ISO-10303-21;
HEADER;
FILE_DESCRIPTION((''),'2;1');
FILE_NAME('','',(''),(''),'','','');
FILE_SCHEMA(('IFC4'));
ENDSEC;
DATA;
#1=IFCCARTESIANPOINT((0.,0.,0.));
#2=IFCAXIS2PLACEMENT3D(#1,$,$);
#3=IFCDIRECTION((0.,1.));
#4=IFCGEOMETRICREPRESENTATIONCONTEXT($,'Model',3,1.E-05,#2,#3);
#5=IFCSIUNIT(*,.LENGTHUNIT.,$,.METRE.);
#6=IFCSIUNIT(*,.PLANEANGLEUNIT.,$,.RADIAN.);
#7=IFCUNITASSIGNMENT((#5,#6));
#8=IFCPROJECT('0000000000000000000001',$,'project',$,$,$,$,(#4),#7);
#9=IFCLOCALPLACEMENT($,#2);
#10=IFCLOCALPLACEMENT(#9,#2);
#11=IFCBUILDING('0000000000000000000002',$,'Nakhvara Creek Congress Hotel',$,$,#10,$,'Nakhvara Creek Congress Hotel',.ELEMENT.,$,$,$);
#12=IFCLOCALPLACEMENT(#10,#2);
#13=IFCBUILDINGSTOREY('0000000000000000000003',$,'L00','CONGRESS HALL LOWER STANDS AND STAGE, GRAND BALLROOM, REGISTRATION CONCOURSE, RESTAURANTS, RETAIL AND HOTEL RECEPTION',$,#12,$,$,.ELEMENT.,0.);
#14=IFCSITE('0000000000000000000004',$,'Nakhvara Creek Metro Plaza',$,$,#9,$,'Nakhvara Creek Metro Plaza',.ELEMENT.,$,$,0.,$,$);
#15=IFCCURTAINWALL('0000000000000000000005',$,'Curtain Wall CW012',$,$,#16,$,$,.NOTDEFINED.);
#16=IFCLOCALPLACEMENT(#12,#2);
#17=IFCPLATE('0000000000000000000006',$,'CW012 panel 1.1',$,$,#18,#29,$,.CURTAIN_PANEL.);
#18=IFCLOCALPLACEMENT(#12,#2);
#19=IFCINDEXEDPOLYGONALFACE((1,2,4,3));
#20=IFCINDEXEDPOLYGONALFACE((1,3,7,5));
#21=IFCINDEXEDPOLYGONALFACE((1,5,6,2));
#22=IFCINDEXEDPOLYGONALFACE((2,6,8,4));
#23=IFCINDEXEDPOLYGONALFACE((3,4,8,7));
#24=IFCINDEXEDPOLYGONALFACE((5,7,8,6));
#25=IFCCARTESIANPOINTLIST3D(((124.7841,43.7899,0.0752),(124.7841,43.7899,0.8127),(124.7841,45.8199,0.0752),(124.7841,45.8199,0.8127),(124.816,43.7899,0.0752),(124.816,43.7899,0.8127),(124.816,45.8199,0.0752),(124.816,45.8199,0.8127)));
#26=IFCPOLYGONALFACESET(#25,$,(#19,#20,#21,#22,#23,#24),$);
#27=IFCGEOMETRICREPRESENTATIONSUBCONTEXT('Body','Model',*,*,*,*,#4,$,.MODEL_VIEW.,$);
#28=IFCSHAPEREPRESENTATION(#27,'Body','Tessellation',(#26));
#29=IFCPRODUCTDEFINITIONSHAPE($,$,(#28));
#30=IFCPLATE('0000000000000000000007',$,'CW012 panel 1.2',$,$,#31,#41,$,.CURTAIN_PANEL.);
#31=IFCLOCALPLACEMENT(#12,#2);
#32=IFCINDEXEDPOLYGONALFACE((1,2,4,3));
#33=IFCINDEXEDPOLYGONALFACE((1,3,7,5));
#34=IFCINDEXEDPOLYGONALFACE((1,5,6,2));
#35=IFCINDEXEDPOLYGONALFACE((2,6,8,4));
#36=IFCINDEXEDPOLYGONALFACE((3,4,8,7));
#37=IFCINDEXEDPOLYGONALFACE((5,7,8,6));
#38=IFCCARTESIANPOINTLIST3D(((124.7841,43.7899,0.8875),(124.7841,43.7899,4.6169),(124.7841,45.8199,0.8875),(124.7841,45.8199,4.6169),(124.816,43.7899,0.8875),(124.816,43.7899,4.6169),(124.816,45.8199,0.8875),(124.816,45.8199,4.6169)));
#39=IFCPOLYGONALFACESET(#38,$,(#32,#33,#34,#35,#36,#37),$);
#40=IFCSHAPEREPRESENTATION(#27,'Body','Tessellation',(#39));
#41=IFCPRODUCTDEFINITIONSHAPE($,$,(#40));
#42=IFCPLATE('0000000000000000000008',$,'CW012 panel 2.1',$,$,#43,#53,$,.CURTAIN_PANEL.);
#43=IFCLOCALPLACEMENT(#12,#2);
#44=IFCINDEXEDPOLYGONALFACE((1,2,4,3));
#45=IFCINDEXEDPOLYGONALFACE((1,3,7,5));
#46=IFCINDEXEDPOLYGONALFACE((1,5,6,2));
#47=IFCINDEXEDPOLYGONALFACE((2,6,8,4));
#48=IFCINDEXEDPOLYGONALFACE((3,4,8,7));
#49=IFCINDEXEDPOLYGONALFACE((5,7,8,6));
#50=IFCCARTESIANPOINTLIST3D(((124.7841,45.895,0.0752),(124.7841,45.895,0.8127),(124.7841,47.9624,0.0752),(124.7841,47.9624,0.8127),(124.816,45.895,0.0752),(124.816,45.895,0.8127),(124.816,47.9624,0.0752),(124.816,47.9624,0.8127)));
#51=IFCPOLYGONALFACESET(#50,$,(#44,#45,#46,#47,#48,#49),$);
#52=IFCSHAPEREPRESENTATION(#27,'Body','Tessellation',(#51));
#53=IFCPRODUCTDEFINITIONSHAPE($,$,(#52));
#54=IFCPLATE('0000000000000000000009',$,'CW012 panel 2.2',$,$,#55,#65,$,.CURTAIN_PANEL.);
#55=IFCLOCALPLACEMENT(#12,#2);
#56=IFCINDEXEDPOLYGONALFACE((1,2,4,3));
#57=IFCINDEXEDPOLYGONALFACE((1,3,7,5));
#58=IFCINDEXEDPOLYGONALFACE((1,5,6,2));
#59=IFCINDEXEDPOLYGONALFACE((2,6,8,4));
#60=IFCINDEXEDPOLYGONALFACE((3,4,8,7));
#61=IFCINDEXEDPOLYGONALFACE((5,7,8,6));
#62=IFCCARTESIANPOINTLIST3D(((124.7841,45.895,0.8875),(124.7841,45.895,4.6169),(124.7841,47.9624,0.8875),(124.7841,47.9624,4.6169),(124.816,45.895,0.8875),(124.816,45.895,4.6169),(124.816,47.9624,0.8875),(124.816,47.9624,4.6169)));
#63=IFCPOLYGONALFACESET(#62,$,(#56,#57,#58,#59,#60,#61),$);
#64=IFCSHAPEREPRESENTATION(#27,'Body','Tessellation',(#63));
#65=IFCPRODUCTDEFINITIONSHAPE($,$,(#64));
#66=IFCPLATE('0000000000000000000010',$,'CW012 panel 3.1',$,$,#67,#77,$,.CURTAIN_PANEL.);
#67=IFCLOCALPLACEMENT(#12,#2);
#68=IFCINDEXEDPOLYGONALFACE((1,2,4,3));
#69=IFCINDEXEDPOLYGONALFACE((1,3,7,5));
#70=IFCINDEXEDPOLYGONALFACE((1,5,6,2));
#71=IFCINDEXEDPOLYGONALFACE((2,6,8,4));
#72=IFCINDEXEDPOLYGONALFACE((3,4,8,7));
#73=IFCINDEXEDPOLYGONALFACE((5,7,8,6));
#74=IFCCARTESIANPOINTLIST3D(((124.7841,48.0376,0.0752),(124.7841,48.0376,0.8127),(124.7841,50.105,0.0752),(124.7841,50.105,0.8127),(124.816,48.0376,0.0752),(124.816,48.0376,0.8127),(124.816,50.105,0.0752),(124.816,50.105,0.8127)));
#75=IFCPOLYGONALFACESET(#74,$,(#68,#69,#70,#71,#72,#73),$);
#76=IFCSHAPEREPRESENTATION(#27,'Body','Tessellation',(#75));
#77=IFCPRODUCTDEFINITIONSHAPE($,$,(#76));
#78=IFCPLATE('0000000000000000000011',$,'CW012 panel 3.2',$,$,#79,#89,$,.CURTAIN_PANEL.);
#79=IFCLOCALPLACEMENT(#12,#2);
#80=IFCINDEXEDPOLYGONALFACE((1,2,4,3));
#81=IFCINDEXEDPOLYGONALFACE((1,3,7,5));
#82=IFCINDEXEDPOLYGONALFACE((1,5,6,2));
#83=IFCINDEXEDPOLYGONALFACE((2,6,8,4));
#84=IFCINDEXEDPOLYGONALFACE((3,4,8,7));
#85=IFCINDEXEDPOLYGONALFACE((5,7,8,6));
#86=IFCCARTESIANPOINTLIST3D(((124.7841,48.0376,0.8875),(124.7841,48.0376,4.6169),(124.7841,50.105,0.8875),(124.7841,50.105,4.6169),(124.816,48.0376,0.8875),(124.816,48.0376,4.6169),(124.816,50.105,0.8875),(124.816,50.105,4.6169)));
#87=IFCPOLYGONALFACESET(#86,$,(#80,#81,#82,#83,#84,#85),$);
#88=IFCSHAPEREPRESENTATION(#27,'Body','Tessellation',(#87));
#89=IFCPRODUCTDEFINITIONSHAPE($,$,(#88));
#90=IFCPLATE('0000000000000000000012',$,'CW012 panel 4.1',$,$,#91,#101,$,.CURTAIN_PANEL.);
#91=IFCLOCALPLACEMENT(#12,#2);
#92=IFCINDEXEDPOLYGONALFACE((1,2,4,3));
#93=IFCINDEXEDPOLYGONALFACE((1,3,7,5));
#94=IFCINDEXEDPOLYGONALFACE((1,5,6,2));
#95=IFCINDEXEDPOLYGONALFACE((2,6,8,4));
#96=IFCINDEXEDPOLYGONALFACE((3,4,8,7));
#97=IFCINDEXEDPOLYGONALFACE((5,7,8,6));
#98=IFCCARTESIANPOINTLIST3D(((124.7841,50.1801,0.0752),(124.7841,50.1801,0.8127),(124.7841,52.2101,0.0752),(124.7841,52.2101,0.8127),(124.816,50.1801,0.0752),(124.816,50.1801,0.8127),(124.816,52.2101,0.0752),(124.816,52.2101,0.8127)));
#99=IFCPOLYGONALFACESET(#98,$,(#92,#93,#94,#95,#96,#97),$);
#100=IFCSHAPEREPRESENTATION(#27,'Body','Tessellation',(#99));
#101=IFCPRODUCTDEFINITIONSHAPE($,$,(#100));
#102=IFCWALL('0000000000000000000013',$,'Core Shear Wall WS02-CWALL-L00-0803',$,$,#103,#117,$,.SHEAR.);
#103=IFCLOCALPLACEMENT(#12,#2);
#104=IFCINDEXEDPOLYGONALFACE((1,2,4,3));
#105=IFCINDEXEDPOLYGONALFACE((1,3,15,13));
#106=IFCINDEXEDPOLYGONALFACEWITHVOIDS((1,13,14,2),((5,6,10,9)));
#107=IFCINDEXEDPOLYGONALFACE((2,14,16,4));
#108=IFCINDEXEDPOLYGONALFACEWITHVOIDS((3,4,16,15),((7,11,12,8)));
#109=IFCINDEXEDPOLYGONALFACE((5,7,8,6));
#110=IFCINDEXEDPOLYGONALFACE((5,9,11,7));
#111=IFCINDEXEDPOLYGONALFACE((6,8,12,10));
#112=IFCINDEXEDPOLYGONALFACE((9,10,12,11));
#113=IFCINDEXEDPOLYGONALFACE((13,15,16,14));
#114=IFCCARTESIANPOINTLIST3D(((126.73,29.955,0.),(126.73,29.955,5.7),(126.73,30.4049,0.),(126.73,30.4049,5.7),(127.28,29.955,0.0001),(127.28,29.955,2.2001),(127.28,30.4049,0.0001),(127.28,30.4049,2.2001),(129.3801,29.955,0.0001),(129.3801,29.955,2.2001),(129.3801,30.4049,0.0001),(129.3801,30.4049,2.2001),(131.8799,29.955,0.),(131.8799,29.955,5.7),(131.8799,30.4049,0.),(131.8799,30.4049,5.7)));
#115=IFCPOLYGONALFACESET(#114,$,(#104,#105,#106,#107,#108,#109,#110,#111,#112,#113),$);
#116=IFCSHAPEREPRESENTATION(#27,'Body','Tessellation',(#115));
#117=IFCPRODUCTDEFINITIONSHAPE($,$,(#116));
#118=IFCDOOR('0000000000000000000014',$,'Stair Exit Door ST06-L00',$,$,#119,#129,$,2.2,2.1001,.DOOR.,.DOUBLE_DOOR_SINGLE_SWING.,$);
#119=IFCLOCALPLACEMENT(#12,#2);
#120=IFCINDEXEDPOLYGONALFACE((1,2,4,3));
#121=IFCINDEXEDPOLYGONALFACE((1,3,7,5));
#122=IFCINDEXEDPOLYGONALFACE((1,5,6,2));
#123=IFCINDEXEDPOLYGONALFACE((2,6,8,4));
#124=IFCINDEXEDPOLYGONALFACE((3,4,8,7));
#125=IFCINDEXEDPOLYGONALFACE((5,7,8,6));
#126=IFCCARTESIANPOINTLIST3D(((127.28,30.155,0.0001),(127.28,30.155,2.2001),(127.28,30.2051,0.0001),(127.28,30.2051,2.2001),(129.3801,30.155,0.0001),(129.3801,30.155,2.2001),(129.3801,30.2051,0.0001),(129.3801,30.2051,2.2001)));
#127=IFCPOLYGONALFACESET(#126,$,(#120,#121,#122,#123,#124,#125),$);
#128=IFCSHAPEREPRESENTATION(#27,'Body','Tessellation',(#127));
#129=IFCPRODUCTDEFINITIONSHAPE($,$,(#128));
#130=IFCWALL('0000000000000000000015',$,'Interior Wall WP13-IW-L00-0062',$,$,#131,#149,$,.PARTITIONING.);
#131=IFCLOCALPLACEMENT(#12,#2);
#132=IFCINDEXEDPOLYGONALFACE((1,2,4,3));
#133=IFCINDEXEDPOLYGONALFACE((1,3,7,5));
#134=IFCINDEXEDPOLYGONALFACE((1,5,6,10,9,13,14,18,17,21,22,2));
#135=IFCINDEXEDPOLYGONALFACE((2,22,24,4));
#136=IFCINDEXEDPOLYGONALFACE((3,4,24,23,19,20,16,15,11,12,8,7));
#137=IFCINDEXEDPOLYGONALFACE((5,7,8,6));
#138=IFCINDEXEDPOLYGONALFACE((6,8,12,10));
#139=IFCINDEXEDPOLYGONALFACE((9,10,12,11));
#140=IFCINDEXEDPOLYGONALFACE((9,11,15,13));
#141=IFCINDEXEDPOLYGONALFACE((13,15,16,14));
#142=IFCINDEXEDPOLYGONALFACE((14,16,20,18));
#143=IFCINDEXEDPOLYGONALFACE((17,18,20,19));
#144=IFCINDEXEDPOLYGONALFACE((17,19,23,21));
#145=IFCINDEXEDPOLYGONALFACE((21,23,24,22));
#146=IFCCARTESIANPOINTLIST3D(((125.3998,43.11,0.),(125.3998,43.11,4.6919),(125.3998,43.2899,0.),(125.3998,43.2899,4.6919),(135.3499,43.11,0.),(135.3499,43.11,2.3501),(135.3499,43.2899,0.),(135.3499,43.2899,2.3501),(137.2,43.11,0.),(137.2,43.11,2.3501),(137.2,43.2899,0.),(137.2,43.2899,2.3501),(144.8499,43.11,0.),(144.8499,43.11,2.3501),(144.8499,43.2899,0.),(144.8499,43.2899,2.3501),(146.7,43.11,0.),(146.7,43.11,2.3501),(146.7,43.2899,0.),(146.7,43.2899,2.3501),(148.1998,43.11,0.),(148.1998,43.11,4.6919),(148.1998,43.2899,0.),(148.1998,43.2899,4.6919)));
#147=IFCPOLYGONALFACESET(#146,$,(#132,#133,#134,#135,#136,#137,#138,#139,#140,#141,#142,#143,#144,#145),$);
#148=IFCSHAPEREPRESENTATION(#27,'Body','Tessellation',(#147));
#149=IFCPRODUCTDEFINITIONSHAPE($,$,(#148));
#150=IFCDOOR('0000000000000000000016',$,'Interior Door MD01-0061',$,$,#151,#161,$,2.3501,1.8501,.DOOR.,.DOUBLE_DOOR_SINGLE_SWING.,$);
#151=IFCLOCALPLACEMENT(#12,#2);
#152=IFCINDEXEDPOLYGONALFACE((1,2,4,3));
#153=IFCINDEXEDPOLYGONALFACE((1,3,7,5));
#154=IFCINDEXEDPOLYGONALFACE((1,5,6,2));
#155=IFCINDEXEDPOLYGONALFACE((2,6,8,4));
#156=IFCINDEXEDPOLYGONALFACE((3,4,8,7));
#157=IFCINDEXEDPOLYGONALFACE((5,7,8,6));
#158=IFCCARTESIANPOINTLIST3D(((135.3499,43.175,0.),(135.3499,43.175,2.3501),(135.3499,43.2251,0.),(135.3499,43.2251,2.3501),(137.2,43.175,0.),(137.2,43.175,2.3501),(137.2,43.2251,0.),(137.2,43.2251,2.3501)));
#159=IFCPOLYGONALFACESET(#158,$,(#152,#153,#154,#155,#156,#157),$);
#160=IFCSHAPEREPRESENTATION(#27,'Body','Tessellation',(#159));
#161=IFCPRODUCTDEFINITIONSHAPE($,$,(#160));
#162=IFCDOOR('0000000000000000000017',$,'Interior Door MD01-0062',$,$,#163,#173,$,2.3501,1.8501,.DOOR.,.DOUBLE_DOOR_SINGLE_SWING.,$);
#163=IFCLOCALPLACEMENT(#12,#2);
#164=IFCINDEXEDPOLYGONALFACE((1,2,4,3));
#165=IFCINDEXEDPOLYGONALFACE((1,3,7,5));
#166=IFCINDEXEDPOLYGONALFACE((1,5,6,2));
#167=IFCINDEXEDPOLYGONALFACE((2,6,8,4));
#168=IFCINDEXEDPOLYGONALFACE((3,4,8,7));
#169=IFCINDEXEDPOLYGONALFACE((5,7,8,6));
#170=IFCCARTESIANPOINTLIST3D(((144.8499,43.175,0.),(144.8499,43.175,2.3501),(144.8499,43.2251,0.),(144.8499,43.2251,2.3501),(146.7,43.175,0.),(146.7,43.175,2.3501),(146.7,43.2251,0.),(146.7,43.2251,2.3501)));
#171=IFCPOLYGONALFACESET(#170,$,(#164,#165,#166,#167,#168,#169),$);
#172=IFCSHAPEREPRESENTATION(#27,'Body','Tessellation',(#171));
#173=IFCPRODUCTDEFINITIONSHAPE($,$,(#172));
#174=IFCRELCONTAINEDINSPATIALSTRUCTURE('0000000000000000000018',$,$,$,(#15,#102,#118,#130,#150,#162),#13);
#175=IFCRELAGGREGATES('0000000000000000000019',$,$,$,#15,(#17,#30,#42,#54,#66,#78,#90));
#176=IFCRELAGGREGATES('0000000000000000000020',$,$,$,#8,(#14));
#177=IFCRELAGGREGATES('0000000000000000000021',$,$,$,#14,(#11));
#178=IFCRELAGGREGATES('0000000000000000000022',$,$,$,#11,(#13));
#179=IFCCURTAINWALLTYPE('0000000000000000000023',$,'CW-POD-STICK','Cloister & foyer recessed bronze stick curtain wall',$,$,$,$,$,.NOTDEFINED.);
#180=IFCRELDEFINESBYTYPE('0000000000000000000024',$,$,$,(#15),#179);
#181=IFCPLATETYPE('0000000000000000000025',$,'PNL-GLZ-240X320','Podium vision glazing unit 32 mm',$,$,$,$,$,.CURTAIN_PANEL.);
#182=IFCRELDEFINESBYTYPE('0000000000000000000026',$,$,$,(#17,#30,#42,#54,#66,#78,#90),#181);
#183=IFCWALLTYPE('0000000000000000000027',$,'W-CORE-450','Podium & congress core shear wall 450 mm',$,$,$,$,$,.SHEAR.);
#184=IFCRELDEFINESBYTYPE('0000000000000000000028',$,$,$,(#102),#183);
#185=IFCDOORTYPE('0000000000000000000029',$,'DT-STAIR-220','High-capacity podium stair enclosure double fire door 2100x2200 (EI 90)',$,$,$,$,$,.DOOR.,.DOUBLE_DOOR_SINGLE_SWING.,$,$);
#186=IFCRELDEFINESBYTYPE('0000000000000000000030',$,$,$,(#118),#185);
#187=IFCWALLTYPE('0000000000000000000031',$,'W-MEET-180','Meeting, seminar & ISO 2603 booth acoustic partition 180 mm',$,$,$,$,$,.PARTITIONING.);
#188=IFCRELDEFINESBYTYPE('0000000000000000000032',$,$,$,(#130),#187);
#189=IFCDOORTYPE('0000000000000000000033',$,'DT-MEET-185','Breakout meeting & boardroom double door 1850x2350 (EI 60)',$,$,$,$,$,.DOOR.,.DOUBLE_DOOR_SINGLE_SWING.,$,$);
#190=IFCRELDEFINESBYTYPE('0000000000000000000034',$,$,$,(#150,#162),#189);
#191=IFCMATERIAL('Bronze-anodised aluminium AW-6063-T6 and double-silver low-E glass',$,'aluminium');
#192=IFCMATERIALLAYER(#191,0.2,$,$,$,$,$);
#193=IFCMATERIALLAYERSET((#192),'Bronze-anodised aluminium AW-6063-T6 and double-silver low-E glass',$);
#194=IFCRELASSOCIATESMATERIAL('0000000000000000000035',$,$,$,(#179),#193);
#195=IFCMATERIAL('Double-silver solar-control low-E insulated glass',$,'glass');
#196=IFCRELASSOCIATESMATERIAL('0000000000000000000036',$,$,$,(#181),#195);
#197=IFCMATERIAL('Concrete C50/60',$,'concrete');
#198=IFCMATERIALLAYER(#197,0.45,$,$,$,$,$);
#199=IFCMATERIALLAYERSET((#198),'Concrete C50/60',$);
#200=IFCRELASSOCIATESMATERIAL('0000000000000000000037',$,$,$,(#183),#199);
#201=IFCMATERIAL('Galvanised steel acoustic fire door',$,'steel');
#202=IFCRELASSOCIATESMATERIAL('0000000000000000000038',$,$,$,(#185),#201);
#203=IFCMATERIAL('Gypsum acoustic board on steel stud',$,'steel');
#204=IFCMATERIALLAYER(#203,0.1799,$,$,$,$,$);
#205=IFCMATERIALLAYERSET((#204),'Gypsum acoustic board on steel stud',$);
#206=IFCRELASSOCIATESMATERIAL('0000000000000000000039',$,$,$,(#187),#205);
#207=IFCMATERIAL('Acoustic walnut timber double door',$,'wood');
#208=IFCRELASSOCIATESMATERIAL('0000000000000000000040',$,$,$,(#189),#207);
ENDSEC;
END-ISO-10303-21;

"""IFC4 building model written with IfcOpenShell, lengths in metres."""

from ifc_helpers import new_model, si_unit, direction, frame, frame_2d, origin, origin_2d, place, context, subcontext, project, spatial, rectangle, extrude, material, layer, layer_set, type_object, element, fill, aggregate, save


model = new_model("IFC4")

# Units and contexts
model_context = context("Model", 3, precision=1e-05, world=origin(), true_north=direction((0.0, 1.0)))
body_context = subcontext(model_context, "Body", "Model", "MODEL_VIEW")
ifc_project = project(units=[si_unit("LENGTHUNIT", "METRE"), si_unit("PLANEANGLEUNIT", "RADIAN")], contexts=[model_context])

# Site, building, storey
site_placement = place(None, origin())
site = spatial("IfcSite", under=ifc_project, at=site_placement, Name="Nakhvara Creek Metro Plaza", LongName="Nakhvara Creek Metro Plaza", CompositionType="ELEMENT", RefElevation=0.0)
building_placement = place(site_placement, origin())
building = spatial("IfcBuilding", under=site, at=building_placement, Name="Nakhvara Creek Congress Hotel", LongName="Nakhvara Creek Congress Hotel", CompositionType="ELEMENT")
storey_placement = place(building_placement, origin())
storey = spatial("IfcBuildingStorey", under=building, at=storey_placement, Name="L00", Description="CONGRESS HALL LOWER STANDS AND STAGE, GRAND BALLROOM, REGISTRATION CONCOURSE, RESTAURANTS, RETAIL AND HOTEL RECEPTION", CompositionType="ELEMENT", Elevation=0.0)

# Shared definitions
ifc_material_1 = material(Name="Concrete C50/60", Category="concrete")

# Curtain wall, plates
ifc_material_2 = material(Name="Bronze-anodised aluminium AW-6063-T6 and double-silver low-E glass", Category="aluminium")
ifc_layer_1 = layer(ifc_material_2, 0.2)
ifc_layer_set_1 = layer_set([ifc_layer_1], Name="Bronze-anodised aluminium AW-6063-T6 and double-silver low-E glass")
curtain_wall_type = type_object("IfcCurtainWallType", Name="CW-POD-STICK", Description="Cloister & foyer recessed bronze stick curtain wall", PredefinedType="NOTDEFINED", material=ifc_layer_set_1)
curtain_wall_placement = place(storey_placement, origin())
curtain_wall = element("IfcCurtainWall", 1, at=curtain_wall_placement, inside=storey, type_object=curtain_wall_type, Name="Curtain Wall CW012", PredefinedType="NOTDEFINED")
ifc_material_3 = material(Name="Double-silver solar-control low-E insulated glass", Category="glass")
plate_type = type_object("IfcPlateType", Name="PNL-GLZ-240X320", Description="Podium vision glazing unit 32 mm", PredefinedType="CURTAIN_PANEL", material=ifc_material_3)
plate_1_placement = place(storey_placement, frame((124.8, 44.8049, 0.0752), z_axis=(0.0, 0.0, 1.0), x_axis=(0.0, 1.0, 0.0)))
plate_1 = element("IfcPlate", 2, at=plate_1_placement, type_object=plate_type, Name="CW012 panel 1.1", PredefinedType="CURTAIN_PANEL", context=body_context, shape_type="SweptSolid", body=[
    extrude(rectangle(XDim=2.03, YDim=0.032, at=origin_2d()), origin(), (0.0, 0.0, 1.0), 0.7375),
])
plate_2_placement = place(storey_placement, frame((124.8, 44.8049, 0.8875), z_axis=(0.0, 0.0, 1.0), x_axis=(0.0, 1.0, 0.0)))
plate_2 = element("IfcPlate", 3, at=plate_2_placement, type_object=plate_type, Name="CW012 panel 1.2", PredefinedType="CURTAIN_PANEL", context=body_context, shape_type="SweptSolid", body=[
    extrude(rectangle(XDim=2.03, YDim=0.032, at=origin_2d()), origin(), (0.0, 0.0, 1.0), 3.7295),
])
plate_3_placement = place(storey_placement, frame((124.8, 46.9287, 0.0752), z_axis=(0.0, 0.0, 1.0), x_axis=(0.0, 1.0, 0.0)))
plate_3 = element("IfcPlate", 4, at=plate_3_placement, type_object=plate_type, Name="CW012 panel 2.1", PredefinedType="CURTAIN_PANEL", context=body_context, shape_type="SweptSolid", body=[
    extrude(rectangle(XDim=2.0674, YDim=0.032, at=origin_2d()), origin(), (0.0, 0.0, 1.0), 0.7375),
])
plate_4_placement = place(storey_placement, frame((124.8, 46.9287, 0.8875), z_axis=(0.0, 0.0, 1.0), x_axis=(0.0, 1.0, 0.0)))
plate_4 = element("IfcPlate", 5, at=plate_4_placement, type_object=plate_type, Name="CW012 panel 2.2", PredefinedType="CURTAIN_PANEL", context=body_context, shape_type="SweptSolid", body=[
    extrude(rectangle(XDim=2.0674, YDim=0.032, at=origin_2d()), origin(), (0.0, 0.0, 1.0), 3.7295),
])
plate_5_placement = place(storey_placement, frame((124.8, 49.0713, 0.0752), z_axis=(0.0, 0.0, 1.0), x_axis=(0.0, 1.0, 0.0)))
plate_5 = element("IfcPlate", 6, at=plate_5_placement, type_object=plate_type, Name="CW012 panel 3.1", PredefinedType="CURTAIN_PANEL", context=body_context, shape_type="SweptSolid", body=[
    extrude(rectangle(XDim=2.0674, YDim=0.032, at=origin_2d()), origin(), (0.0, 0.0, 1.0), 0.7375),
])
plate_6_placement = place(storey_placement, frame((124.8, 49.0713, 0.8875), z_axis=(0.0, 0.0, 1.0), x_axis=(0.0, 1.0, 0.0)))
plate_6 = element("IfcPlate", 7, at=plate_6_placement, type_object=plate_type, Name="CW012 panel 3.2", PredefinedType="CURTAIN_PANEL", context=body_context, shape_type="SweptSolid", body=[
    extrude(rectangle(XDim=2.0674, YDim=0.032, at=origin_2d()), origin(), (0.0, 0.0, 1.0), 3.7295),
])
plate_7_placement = place(storey_placement, frame((124.8, 51.1951, 0.0752), z_axis=(0.0, 0.0, 1.0), x_axis=(0.0, 1.0, 0.0)))
plate_7 = element("IfcPlate", 8, at=plate_7_placement, type_object=plate_type, Name="CW012 panel 4.1", PredefinedType="CURTAIN_PANEL", context=body_context, shape_type="SweptSolid", body=[
    extrude(rectangle(XDim=2.03, YDim=0.032, at=origin_2d()), origin(), (0.0, 0.0, 1.0), 0.7375),
])
aggregate(curtain_wall, [plate_1, plate_2, plate_3, plate_4, plate_5, plate_6, plate_7])

# Wall, opening, door
ifc_layer_2 = layer(ifc_material_1, 0.45)
ifc_layer_set_2 = layer_set([ifc_layer_2], Name="Concrete C50/60")
wall_type_1 = type_object("IfcWallType", Name="W-CORE-450", Description="Podium & congress core shear wall 450 mm", PredefinedType="SHEAR", material=ifc_layer_set_2)
wall_1_placement = place(storey_placement, frame((126.73, 30.1799, 0.0), z_axis=(0.0, 0.0, 1.0), x_axis=(1.0, 0.0, 0.0)))
wall_1 = element("IfcWall", 9, at=wall_1_placement, inside=storey, type_object=wall_type_1, Name="Core Shear Wall WS02-CWALL-L00-0803", PredefinedType="SHEAR", context=body_context, shape_type="SweptSolid", body=[
    extrude(rectangle(XDim=5.1499, YDim=0.45, at=frame_2d((2.575, 0.0))), origin(), (0.0, 0.0, 1.0), 5.7),
])
opening_1_placement = place(wall_1_placement, frame((0.55, 0.0, 0.0)))
opening_1 = element("IfcOpeningElement", 10, at=opening_1_placement, cuts=wall_1, PredefinedType="OPENING", context=body_context, shape_type="SweptSolid", body=[
    extrude(rectangle(XDim=2.1001, YDim=2.2, at=frame_2d((1.05, 1.1001))), frame((0.0, 0.2368, 0.0), z_axis=(0.0, -1.0, 0.0), x_axis=(1.0, 0.0, 0.0)), (0.0, 0.0, 1.0), 0.4739),
])
ifc_material_4 = material(Name="Galvanised steel acoustic fire door", Category="steel")
door_type_1 = type_object("IfcDoorType", Name="DT-STAIR-220", Description="High-capacity podium stair enclosure double fire door 2100x2200 (EI 90)", OperationType="DOUBLE_DOOR_SINGLE_SWING", PredefinedType="DOOR", material=ifc_material_4)
door_1_placement = place(opening_1_placement, frame((2.1001, 0.0, 0.0), z_axis=(0.0, 0.0, 1.0), x_axis=(-1.0, 0.0, 0.0)))
door_1 = element("IfcDoor", 11, at=door_1_placement, inside=storey, type_object=door_type_1, Name="Stair Exit Door ST06-L00", OperationType="DOUBLE_DOOR_SINGLE_SWING", OverallHeight=2.2, OverallWidth=2.1001, PredefinedType="DOOR", context=body_context, shape_type="SweptSolid", body=[
    extrude(rectangle(XDim=2.1001, YDim=2.2, at=frame_2d((1.05, 1.1001))), frame((0.0, 0.0249, 0.0), z_axis=(0.0, -1.0, 0.0), x_axis=(1.0, 0.0, 0.0)), (0.0, 0.0, 1.0), 0.05),
])
fill(opening_1, door_1)

# Wall, openings, doors
ifc_material_5 = material(Name="Gypsum acoustic board on steel stud", Category="steel")
ifc_layer_3 = layer(ifc_material_5, 0.1799)
ifc_layer_set_3 = layer_set([ifc_layer_3], Name="Gypsum acoustic board on steel stud")
wall_type_2 = type_object("IfcWallType", Name="W-MEET-180", Description="Meeting, seminar & ISO 2603 booth acoustic partition 180 mm", PredefinedType="PARTITIONING", material=ifc_layer_set_3)
wall_2_placement = place(storey_placement, frame((125.3999, 43.2, 0.0), z_axis=(0.0, 0.0, 1.0), x_axis=(1.0, 0.0, 0.0)))
wall_2 = element("IfcWall", 12, at=wall_2_placement, inside=storey, type_object=wall_type_2, Name="Interior Wall WP13-IW-L00-0062", PredefinedType="PARTITIONING", context=body_context, shape_type="SweptSolid", body=[
    extrude(rectangle(XDim=22.8, YDim=0.1799, at=frame_2d((11.3999, 0.0))), origin(), (0.0, 0.0, 1.0), 4.6919),
])
opening_2_placement = place(wall_2_placement, frame((9.95, 0.0, 0.0)))
opening_2 = element("IfcOpeningElement", 13, at=opening_2_placement, cuts=wall_2, PredefinedType="OPENING", context=body_context, shape_type="SweptSolid", body=[
    extrude(rectangle(XDim=1.8501, YDim=2.3501, at=frame_2d((0.925, 1.175))), frame((0.0, 0.1021, 0.0), z_axis=(0.0, -1.0, 0.0), x_axis=(1.0, 0.0, 0.0)), (0.0, 0.0, 1.0), 0.2039),
])
opening_3_placement = place(wall_2_placement, frame((19.45, 0.0, 0.0)))
opening_3 = element("IfcOpeningElement", 14, at=opening_3_placement, cuts=wall_2, PredefinedType="OPENING", context=body_context, shape_type="SweptSolid", body=[
    extrude(rectangle(XDim=1.8501, YDim=2.3501, at=frame_2d((0.925, 1.175))), frame((0.0, 0.1021, 0.0), z_axis=(0.0, -1.0, 0.0), x_axis=(1.0, 0.0, 0.0)), (0.0, 0.0, 1.0), 0.2039),
])
ifc_material_6 = material(Name="Acoustic walnut timber double door", Category="wood")
door_type_2 = type_object("IfcDoorType", Name="DT-MEET-185", Description="Breakout meeting & boardroom double door 1850x2350 (EI 60)", OperationType="DOUBLE_DOOR_SINGLE_SWING", PredefinedType="DOOR", material=ifc_material_6)
door_2_placement = place(opening_2_placement, frame((1.8501, 0.0, 0.0), z_axis=(0.0, 0.0, 1.0), x_axis=(-1.0, 0.0, 0.0)))
door_2 = element("IfcDoor", 15, at=door_2_placement, inside=storey, type_object=door_type_2, Name="Interior Door MD01-0061", OperationType="DOUBLE_DOOR_SINGLE_SWING", OverallHeight=2.3501, OverallWidth=1.8501, PredefinedType="DOOR", context=body_context, shape_type="SweptSolid", body=[
    extrude(rectangle(XDim=1.8501, YDim=2.3501, at=frame_2d((0.925, 1.175))), frame((0.0, 0.0249, 0.0), z_axis=(0.0, -1.0, 0.0), x_axis=(1.0, 0.0, 0.0)), (0.0, 0.0, 1.0), 0.05),
])
fill(opening_2, door_2)
door_3_placement = place(opening_3_placement, frame((1.8501, 0.0, 0.0), z_axis=(0.0, 0.0, 1.0), x_axis=(-1.0, 0.0, 0.0)))
door_3 = element("IfcDoor", 16, at=door_3_placement, inside=storey, type_object=door_type_2, Name="Interior Door MD01-0062", OperationType="DOUBLE_DOOR_SINGLE_SWING", OverallHeight=2.3501, OverallWidth=1.8501, PredefinedType="DOOR", context=body_context, shape_type="SweptSolid", body=[
    extrude(rectangle(XDim=1.8501, YDim=2.3501, at=frame_2d((0.925, 1.175))), frame((0.0, 0.0249, 0.0), z_axis=(0.0, -1.0, 0.0), x_axis=(1.0, 0.0, 0.0)), (0.0, 0.0, 1.0), 0.05),
])
fill(opening_3, door_3)

save(model, "model.ifc")
